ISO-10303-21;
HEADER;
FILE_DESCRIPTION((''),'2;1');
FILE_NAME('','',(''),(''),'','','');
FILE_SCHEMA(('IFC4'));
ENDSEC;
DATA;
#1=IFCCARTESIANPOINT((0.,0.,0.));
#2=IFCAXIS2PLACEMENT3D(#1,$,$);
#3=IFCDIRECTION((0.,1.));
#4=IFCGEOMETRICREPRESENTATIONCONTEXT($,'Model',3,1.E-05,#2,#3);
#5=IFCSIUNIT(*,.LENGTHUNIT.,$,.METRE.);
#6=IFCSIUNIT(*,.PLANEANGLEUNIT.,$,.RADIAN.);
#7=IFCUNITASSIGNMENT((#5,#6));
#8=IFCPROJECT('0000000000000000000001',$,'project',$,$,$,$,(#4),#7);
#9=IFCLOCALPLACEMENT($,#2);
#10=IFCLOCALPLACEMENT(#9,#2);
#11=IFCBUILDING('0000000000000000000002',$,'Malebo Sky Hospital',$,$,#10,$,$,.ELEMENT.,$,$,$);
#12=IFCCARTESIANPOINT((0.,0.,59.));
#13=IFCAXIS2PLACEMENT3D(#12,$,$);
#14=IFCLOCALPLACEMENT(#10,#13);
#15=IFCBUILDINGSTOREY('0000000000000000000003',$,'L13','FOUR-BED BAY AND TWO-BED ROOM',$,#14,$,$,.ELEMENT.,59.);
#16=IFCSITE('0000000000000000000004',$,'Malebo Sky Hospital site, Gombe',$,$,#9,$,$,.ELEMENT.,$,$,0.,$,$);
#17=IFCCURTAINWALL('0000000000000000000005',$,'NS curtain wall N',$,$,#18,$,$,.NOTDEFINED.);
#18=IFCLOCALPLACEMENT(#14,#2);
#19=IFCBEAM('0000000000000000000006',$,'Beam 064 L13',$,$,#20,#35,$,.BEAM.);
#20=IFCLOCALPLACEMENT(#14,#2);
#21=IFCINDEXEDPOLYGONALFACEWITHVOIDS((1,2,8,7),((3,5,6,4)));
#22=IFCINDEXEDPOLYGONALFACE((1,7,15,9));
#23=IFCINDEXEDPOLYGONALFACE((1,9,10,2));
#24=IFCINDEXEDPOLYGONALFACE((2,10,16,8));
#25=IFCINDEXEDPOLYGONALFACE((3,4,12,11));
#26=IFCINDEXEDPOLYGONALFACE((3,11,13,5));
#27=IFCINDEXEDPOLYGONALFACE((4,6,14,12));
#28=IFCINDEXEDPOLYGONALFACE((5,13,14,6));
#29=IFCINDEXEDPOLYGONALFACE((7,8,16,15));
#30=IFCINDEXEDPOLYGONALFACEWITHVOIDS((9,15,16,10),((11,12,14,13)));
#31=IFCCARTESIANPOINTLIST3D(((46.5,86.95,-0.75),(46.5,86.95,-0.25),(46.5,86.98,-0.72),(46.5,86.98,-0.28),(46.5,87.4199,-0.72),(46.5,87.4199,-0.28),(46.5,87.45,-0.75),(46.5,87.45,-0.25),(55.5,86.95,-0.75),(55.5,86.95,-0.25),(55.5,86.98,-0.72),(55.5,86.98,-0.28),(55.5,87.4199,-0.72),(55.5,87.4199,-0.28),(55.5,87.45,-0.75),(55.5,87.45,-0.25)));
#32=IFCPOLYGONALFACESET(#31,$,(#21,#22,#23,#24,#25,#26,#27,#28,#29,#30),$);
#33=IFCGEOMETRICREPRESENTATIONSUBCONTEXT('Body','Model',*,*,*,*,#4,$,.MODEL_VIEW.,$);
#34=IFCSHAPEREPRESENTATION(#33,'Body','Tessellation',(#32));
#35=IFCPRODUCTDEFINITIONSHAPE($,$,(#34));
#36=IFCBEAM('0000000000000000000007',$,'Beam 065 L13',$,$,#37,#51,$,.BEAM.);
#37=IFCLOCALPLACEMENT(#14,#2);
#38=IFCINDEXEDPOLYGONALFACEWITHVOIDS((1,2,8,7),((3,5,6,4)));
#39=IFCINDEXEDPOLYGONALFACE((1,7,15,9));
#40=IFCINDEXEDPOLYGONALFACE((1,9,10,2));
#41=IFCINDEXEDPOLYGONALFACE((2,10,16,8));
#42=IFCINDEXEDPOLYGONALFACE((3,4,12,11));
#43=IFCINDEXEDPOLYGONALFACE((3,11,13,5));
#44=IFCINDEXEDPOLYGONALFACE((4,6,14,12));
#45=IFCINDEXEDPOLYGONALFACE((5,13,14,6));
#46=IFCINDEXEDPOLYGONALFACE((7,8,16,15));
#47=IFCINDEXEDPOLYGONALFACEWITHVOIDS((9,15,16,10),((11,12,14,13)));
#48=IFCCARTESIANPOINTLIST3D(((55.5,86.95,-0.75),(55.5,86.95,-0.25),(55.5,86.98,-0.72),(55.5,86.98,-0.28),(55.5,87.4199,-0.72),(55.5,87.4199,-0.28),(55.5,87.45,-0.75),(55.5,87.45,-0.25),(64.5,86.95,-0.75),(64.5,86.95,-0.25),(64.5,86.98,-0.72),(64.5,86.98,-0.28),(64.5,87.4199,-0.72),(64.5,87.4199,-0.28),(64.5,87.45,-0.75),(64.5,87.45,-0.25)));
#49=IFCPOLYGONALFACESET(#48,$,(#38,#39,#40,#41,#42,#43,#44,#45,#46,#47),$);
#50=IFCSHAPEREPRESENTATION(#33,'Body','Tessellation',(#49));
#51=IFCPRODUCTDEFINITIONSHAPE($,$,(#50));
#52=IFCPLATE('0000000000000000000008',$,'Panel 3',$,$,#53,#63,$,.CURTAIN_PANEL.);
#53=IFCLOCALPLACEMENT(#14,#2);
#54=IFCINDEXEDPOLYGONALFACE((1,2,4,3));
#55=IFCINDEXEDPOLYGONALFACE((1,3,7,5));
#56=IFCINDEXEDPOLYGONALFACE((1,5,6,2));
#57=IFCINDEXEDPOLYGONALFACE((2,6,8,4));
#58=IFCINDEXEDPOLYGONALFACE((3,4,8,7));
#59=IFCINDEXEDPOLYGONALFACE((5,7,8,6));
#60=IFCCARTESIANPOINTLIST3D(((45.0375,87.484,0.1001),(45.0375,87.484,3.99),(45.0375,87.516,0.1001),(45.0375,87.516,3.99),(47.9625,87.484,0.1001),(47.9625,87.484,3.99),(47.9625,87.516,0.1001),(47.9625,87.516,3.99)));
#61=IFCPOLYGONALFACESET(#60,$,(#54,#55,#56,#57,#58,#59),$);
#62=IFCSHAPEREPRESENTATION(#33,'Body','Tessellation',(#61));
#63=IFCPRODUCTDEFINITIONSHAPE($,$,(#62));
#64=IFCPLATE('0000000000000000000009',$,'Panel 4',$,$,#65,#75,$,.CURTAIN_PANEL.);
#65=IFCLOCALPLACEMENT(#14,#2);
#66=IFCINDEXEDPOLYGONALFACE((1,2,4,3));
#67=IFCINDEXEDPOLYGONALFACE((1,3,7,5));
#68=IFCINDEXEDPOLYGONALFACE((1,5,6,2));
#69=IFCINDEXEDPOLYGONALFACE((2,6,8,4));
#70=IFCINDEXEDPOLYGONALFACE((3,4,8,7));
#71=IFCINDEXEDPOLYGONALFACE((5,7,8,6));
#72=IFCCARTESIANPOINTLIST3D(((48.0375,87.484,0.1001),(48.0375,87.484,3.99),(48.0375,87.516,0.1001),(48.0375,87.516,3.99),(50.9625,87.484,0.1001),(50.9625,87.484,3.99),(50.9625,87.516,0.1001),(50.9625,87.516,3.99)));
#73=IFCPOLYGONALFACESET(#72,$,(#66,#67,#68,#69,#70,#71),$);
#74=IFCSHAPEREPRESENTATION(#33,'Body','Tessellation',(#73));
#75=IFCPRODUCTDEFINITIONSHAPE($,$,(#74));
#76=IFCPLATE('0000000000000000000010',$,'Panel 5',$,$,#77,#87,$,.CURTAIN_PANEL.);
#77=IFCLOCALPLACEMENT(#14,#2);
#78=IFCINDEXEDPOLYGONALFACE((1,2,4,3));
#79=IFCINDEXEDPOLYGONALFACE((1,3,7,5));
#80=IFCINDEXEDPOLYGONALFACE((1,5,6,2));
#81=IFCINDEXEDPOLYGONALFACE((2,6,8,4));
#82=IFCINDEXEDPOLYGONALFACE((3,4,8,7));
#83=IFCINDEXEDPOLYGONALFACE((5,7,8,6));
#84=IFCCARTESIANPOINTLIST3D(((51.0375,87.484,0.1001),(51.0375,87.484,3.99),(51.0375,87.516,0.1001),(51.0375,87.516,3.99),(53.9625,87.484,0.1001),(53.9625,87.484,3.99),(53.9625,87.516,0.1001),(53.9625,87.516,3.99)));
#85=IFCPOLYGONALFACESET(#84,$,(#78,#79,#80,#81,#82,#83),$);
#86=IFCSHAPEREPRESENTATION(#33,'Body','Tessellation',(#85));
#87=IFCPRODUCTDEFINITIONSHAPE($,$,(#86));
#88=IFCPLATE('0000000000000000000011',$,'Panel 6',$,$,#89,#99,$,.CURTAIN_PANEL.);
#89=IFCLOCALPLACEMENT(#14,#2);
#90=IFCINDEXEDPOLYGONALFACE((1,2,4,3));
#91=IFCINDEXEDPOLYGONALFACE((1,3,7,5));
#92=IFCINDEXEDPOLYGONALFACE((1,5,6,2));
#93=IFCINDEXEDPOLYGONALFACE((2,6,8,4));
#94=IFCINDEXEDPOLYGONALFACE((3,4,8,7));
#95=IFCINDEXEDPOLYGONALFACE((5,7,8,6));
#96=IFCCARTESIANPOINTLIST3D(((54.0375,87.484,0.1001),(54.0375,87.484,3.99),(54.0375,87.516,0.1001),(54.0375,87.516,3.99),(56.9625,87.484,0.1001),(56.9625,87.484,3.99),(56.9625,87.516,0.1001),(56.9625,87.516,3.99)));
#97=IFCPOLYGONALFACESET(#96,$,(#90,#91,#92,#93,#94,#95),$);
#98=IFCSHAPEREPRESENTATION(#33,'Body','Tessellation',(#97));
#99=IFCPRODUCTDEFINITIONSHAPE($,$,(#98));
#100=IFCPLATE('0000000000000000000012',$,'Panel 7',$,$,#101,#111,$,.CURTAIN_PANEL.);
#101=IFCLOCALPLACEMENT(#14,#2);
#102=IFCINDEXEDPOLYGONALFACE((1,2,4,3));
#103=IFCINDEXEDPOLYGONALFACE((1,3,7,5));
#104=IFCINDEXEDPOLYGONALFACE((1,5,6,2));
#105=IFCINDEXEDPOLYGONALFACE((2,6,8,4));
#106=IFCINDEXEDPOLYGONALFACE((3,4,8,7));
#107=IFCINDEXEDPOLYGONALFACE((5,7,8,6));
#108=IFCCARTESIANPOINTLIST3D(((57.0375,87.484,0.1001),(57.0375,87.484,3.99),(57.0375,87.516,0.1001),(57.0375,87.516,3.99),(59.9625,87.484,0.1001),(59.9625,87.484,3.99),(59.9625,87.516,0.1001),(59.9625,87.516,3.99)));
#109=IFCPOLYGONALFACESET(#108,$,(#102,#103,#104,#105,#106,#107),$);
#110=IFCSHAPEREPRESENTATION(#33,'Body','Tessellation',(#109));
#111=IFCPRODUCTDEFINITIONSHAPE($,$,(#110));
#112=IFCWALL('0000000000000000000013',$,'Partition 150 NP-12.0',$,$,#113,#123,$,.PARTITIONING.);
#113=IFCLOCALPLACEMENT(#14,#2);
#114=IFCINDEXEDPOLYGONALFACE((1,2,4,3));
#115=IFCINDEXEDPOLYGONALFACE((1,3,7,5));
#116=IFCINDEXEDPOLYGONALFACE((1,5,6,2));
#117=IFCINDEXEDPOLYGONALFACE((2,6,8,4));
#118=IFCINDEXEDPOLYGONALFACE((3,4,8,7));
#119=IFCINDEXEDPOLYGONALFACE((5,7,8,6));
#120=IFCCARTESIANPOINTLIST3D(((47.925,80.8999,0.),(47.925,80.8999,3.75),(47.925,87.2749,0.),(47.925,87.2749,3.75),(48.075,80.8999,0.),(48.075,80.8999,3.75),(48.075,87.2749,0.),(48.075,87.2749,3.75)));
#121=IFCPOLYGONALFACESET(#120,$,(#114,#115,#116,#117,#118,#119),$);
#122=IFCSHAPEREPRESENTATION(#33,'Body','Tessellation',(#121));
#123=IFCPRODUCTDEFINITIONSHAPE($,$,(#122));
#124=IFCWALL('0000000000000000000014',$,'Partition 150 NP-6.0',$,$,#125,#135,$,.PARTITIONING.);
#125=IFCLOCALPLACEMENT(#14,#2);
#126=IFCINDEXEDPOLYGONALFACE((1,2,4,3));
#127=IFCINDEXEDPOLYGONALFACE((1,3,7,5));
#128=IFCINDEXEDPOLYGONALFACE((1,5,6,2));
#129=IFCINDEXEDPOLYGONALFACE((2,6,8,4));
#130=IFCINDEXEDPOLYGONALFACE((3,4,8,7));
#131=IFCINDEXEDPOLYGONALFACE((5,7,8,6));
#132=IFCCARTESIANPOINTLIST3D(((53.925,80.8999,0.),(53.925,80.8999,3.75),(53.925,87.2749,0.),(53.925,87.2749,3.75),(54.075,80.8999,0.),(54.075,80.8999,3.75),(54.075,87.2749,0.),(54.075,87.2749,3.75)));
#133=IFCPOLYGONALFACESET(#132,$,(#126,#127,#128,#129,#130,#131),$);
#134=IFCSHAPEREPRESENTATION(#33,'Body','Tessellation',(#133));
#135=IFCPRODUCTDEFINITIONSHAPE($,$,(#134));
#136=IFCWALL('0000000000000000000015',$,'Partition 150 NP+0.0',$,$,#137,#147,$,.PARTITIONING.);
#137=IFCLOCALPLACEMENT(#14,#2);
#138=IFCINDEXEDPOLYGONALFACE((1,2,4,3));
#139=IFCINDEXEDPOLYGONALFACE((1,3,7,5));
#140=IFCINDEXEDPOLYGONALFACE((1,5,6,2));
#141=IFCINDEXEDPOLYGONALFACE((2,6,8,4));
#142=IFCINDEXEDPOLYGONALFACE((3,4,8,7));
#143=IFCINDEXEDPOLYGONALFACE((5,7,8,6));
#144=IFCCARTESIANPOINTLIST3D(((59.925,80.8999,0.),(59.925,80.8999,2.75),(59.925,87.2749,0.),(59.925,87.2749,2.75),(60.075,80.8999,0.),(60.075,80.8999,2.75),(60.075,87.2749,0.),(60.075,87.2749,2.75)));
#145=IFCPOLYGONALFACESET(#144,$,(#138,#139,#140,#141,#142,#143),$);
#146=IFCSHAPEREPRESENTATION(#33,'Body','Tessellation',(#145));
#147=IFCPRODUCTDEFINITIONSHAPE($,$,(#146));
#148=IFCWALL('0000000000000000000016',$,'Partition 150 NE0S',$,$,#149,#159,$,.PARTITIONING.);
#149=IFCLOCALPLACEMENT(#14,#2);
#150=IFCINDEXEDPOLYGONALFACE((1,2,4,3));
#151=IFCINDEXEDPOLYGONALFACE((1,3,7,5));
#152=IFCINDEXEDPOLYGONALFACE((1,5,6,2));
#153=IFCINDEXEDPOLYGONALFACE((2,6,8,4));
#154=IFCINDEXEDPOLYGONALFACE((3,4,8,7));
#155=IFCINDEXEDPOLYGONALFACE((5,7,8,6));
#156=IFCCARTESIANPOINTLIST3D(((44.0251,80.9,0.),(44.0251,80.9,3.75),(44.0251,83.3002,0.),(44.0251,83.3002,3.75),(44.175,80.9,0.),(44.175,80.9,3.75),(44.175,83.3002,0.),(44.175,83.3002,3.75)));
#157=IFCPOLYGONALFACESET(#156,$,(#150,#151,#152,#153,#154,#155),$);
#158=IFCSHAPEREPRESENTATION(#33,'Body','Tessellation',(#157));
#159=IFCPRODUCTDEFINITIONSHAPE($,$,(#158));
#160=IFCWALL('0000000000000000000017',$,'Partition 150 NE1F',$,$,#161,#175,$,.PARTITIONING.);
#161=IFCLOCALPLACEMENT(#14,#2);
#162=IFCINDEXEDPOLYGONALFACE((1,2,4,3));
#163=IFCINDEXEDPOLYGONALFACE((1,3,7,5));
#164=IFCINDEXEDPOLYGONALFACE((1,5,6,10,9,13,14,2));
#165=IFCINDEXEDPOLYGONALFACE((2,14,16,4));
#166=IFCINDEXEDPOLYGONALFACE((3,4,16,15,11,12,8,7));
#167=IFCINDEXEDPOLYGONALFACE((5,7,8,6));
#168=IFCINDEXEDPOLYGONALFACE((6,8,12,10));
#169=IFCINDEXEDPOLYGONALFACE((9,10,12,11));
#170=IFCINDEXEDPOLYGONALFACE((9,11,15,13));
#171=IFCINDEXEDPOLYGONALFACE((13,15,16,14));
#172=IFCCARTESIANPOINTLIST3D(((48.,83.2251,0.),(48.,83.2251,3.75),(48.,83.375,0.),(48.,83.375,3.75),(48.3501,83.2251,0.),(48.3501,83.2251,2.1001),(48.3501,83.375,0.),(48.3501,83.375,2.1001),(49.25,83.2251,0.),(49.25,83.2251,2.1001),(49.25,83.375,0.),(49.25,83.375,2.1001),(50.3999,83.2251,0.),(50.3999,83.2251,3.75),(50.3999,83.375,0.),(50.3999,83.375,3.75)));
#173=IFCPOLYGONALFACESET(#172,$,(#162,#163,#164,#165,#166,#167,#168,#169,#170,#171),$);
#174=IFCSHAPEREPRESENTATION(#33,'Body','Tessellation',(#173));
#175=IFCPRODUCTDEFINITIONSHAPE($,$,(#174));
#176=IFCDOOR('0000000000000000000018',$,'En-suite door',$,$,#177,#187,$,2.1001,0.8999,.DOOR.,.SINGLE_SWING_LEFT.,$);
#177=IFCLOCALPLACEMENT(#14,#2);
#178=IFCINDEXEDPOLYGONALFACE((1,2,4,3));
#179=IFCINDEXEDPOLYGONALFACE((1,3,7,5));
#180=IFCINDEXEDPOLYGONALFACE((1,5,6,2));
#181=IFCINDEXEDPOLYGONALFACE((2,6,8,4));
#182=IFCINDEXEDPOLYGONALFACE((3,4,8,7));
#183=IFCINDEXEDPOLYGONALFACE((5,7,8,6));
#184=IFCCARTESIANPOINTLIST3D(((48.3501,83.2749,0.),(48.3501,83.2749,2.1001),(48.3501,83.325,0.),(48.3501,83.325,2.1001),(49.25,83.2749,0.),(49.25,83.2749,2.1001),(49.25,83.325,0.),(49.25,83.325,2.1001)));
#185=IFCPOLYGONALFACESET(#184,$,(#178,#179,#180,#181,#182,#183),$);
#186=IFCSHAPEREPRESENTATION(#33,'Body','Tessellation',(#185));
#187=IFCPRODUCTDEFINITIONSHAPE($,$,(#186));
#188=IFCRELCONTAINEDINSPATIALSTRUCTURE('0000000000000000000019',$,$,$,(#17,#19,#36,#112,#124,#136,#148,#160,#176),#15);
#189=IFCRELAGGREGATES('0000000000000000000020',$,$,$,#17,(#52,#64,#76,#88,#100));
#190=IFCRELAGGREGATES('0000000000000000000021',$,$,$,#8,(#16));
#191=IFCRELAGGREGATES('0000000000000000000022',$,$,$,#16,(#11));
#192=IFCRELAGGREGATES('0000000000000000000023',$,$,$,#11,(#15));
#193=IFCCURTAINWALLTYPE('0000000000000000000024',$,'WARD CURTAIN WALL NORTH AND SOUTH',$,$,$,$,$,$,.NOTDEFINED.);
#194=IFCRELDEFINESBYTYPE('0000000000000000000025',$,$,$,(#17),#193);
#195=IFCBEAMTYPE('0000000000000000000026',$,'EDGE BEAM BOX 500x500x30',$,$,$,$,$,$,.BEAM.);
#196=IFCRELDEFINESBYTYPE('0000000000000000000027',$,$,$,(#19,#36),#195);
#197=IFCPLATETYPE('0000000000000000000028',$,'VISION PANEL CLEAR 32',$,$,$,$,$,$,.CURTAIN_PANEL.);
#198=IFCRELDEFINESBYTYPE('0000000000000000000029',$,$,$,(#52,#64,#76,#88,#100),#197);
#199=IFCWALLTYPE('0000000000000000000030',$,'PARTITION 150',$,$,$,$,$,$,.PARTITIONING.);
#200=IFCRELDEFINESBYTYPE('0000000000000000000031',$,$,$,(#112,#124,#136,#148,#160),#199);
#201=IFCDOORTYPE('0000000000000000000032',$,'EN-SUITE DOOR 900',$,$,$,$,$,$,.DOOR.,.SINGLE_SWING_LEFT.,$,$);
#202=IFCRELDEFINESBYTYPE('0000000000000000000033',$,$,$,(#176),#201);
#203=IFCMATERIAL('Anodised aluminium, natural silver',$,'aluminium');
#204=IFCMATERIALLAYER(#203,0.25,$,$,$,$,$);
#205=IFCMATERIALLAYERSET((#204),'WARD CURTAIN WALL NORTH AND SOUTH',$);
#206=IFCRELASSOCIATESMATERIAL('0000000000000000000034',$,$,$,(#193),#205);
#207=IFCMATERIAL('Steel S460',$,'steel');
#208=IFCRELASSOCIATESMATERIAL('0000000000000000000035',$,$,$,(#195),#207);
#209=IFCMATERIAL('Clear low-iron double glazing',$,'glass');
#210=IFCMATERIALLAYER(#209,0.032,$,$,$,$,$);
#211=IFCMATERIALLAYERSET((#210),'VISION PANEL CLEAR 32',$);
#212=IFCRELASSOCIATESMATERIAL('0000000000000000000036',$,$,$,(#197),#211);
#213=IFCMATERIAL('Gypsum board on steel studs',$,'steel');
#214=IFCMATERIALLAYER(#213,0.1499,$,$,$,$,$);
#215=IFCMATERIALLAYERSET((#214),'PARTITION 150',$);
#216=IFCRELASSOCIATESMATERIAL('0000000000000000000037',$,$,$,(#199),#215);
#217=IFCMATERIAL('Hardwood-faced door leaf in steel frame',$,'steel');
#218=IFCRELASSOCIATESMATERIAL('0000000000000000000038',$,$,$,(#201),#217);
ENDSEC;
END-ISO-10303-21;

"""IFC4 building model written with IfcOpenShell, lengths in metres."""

from ifc_helpers import new_model, si_unit, direction, frame, frame_2d, origin, origin_2d, place, context, subcontext, project, spatial, rectangle, hollow_rectangle, extrude, material, layer, layer_set, material_profile, profile_set, type_object, element, fill, aggregate, save


model = new_model("IFC4")

# Units and contexts
model_context = context("Model", 3, precision=1e-05, world=origin(), true_north=direction((0.0, 1.0)))
body_context = subcontext(model_context, "Body", "Model", "MODEL_VIEW")
ifc_project = project(units=[si_unit("LENGTHUNIT", "METRE"), si_unit("PLANEANGLEUNIT", "RADIAN")], contexts=[model_context])

# Site, building, storey
site_placement = place(None, origin())
site = spatial("IfcSite", under=ifc_project, at=site_placement, Name="Malebo Sky Hospital site, Gombe", CompositionType="ELEMENT", RefElevation=0.0)
building_placement = place(site_placement, origin())
building = spatial("IfcBuilding", under=site, at=building_placement, Name="Malebo Sky Hospital", CompositionType="ELEMENT")
storey_placement = place(building_placement, frame((0.0, 0.0, 59.0)))
storey = spatial("IfcBuildingStorey", under=building, at=storey_placement, Name="L13", Description="FOUR-BED BAY AND TWO-BED ROOM", CompositionType="ELEMENT", Elevation=59.0)

# Shared definitions
ifc_material_1 = material(Name="Steel S460", Category="steel")

# Curtain wall
ifc_material_2 = material(Name="Anodised aluminium, natural silver", Category="aluminium")
ifc_layer_1 = layer(ifc_material_2, 0.25)
ifc_layer_set_1 = layer_set([ifc_layer_1], Name="WARD CURTAIN WALL NORTH AND SOUTH")
curtain_wall_type = type_object("IfcCurtainWallType", Name="WARD CURTAIN WALL NORTH AND SOUTH", PredefinedType="NOTDEFINED", material=ifc_layer_set_1)
curtain_wall_placement = place(storey_placement, origin())
curtain_wall = element("IfcCurtainWall", 1, at=curtain_wall_placement, inside=storey, type_object=curtain_wall_type, Name="NS curtain wall N", PredefinedType="NOTDEFINED")

# Beams
ifc_material_profile_1 = material_profile(ifc_material_1, hollow_rectangle(XDim=0.5, YDim=0.5, WallThickness=0.03, at=origin_2d()), Name="BOX 500x500x30")
ifc_profile_set_1 = profile_set([ifc_material_profile_1], Name="Steel S460")
beam_type = type_object("IfcBeamType", Name="EDGE BEAM BOX 500x500x30", PredefinedType="BEAM", material=ifc_profile_set_1)
for number, where, z_axis, x_axis, name in (
    (2, (46.5, 87.2, -0.5), (1.0, 0.0, 0.0), (0.0, 1.0, 0.0), "Beam 064 L13"),
    (3, (55.5, 87.2, -0.5), (1.0, 0.0, 0.0), (0.0, 1.0, 0.0), "Beam 065 L13"),
):
    element("IfcBeam", number, at=place(storey_placement, frame(where, z_axis=z_axis, x_axis=x_axis)), inside=storey, type_object=beam_type, Name=name, PredefinedType="BEAM", context=body_context, shape_type="SweptSolid", body=[
        extrude(hollow_rectangle(XDim=0.5, YDim=0.5, WallThickness=0.03, at=origin_2d()), origin(), (0.0, 0.0, 1.0), 9.0),
    ])

# Plates
ifc_material_3 = material(Name="Clear low-iron double glazing", Category="glass")
ifc_layer_2 = layer(ifc_material_3, 0.032)
ifc_layer_set_2 = layer_set([ifc_layer_2], Name="VISION PANEL CLEAR 32")
plate_type = type_object("IfcPlateType", Name="VISION PANEL CLEAR 32", PredefinedType="CURTAIN_PANEL", material=ifc_layer_set_2)
plate_1_placement = place(storey_placement, frame((46.5, 87.5, 0.1001), z_axis=(0.0, 0.0, 1.0), x_axis=(1.0, 0.0, 0.0)))
plate_1 = element("IfcPlate", 4, at=plate_1_placement, type_object=plate_type, Name="Panel 3", PredefinedType="CURTAIN_PANEL", context=body_context, shape_type="SweptSolid", body=[
    extrude(rectangle(XDim=2.925, YDim=0.032, at=origin_2d()), origin(), (0.0, 0.0, 1.0), 3.8899),
])
plate_2_placement = place(storey_placement, frame((49.5, 87.5, 0.1001), z_axis=(0.0, 0.0, 1.0), x_axis=(1.0, 0.0, 0.0)))
plate_2 = element("IfcPlate", 5, at=plate_2_placement, type_object=plate_type, Name="Panel 4", PredefinedType="CURTAIN_PANEL", context=body_context, shape_type="SweptSolid", body=[
    extrude(rectangle(XDim=2.925, YDim=0.032, at=origin_2d()), origin(), (0.0, 0.0, 1.0), 3.8899),
])
plate_3_placement = place(storey_placement, frame((52.5, 87.5, 0.1001), z_axis=(0.0, 0.0, 1.0), x_axis=(1.0, 0.0, 0.0)))
plate_3 = element("IfcPlate", 6, at=plate_3_placement, type_object=plate_type, Name="Panel 5", PredefinedType="CURTAIN_PANEL", context=body_context, shape_type="SweptSolid", body=[
    extrude(rectangle(XDim=2.925, YDim=0.032, at=origin_2d()), origin(), (0.0, 0.0, 1.0), 3.8899),
])
plate_4_placement = place(storey_placement, frame((55.5, 87.5, 0.1001), z_axis=(0.0, 0.0, 1.0), x_axis=(1.0, 0.0, 0.0)))
plate_4 = element("IfcPlate", 7, at=plate_4_placement, type_object=plate_type, Name="Panel 6", PredefinedType="CURTAIN_PANEL", context=body_context, shape_type="SweptSolid", body=[
    extrude(rectangle(XDim=2.925, YDim=0.032, at=origin_2d()), origin(), (0.0, 0.0, 1.0), 3.8899),
])
plate_5_placement = place(storey_placement, frame((58.5, 87.5, 0.1001), z_axis=(0.0, 0.0, 1.0), x_axis=(1.0, 0.0, 0.0)))
plate_5 = element("IfcPlate", 8, at=plate_5_placement, type_object=plate_type, Name="Panel 7", PredefinedType="CURTAIN_PANEL", context=body_context, shape_type="SweptSolid", body=[
    extrude(rectangle(XDim=2.925, YDim=0.032, at=origin_2d()), origin(), (0.0, 0.0, 1.0), 3.8899),
])
aggregate(curtain_wall, [plate_1, plate_2, plate_3, plate_4, plate_5])

# Walls
ifc_material_4 = material(Name="Gypsum board on steel studs", Category="steel")
ifc_layer_3 = layer(ifc_material_4, 0.1499)
ifc_layer_set_3 = layer_set([ifc_layer_3], Name="PARTITION 150")
wall_type = type_object("IfcWallType", Name="PARTITION 150", PredefinedType="PARTITIONING", material=ifc_layer_set_3)
for number, where, z_axis, x_axis, name in (
    (9, (48.0, 80.8999, 0.0), (0.0, 0.0, 1.0), (0.0, 1.0, 0.0), "Partition 150 NP-12.0"),
    (10, (54.0, 80.8999, 0.0), (0.0, 0.0, 1.0), (0.0, 1.0, 0.0), "Partition 150 NP-6.0"),
):
    element("IfcWall", number, at=place(storey_placement, frame(where, z_axis=z_axis, x_axis=x_axis)), inside=storey, type_object=wall_type, Name=name, PredefinedType="PARTITIONING", context=body_context, shape_type="SweptSolid", body=[
        extrude(rectangle(XDim=6.375, YDim=0.1499, at=frame_2d((3.1875, 0.0))), origin(), (0.0, 0.0, 1.0), 3.75),
    ])
wall_1_placement = place(storey_placement, frame((60.0, 80.8999, 0.0), z_axis=(0.0, 0.0, 1.0), x_axis=(0.0, 1.0, 0.0)))
element("IfcWall", 11, at=wall_1_placement, inside=storey, type_object=wall_type, Name="Partition 150 NP+0.0", PredefinedType="PARTITIONING", context=body_context, shape_type="SweptSolid", body=[
    extrude(rectangle(XDim=6.375, YDim=0.1499, at=frame_2d((3.1875, 0.0))), origin(), (0.0, 0.0, 1.0), 2.75),
])
wall_2_placement = place(storey_placement, frame((44.1001, 80.8999, 0.0), z_axis=(0.0, 0.0, 1.0), x_axis=(0.0, 1.0, 0.0)))
element("IfcWall", 12, at=wall_2_placement, inside=storey, type_object=wall_type, Name="Partition 150 NE0S", PredefinedType="PARTITIONING", context=body_context, shape_type="SweptSolid", body=[
    extrude(rectangle(XDim=2.4001, YDim=0.1499, at=frame_2d((1.2002, 0.0))), origin(), (0.0, 0.0, 1.0), 3.75),
])

# Wall, opening, door
wall_3_placement = place(storey_placement, frame((48.0, 83.3, 0.0), z_axis=(0.0, 0.0, 1.0), x_axis=(1.0, 0.0, 0.0)))
wall_3 = element("IfcWall", 13, at=wall_3_placement, inside=storey, type_object=wall_type, Name="Partition 150 NE1F", PredefinedType="PARTITIONING", context=body_context, shape_type="SweptSolid", body=[
    extrude(rectangle(XDim=2.3999, YDim=0.1499, at=frame_2d((1.2, 0.0))), origin(), (0.0, 0.0, 1.0), 3.75),
])
opening_1_placement = place(wall_3_placement, frame((0.3501, 0.0, 0.0)))
opening_1 = element("IfcOpeningElement", 14, at=opening_1_placement, cuts=wall_3, PredefinedType="OPENING", context=body_context, shape_type="SweptSolid", body=[
    extrude(rectangle(XDim=0.8999, YDim=2.1001, at=frame_2d((0.45, 1.05))), frame((0.0, 0.085, 0.0), z_axis=(0.0, -1.0, 0.0), x_axis=(1.0, 0.0, 0.0)), (0.0, 0.0, 1.0), 0.1699),
])
ifc_material_5 = material(Name="Hardwood-faced door leaf in steel frame", Category="steel")
door_type = type_object("IfcDoorType", Name="EN-SUITE DOOR 900", OperationType="SINGLE_SWING_LEFT", PredefinedType="DOOR", material=ifc_material_5)
door_1_placement = place(opening_1_placement, origin())
door_1 = element("IfcDoor", 15, at=door_1_placement, inside=storey, type_object=door_type, Name="En-suite door", OperationType="SINGLE_SWING_LEFT", OverallHeight=2.1001, OverallWidth=0.8999, PredefinedType="DOOR", context=body_context, shape_type="SweptSolid", body=[
    extrude(rectangle(XDim=0.8999, YDim=2.1001, at=frame_2d((0.45, 1.05))), frame((0.0, 0.0249, 0.0), z_axis=(0.0, -1.0, 0.0), x_axis=(1.0, 0.0, 0.0)), (0.0, 0.0, 1.0), 0.05),
])
fill(opening_1, door_1)

save(model, "model.ifc")
